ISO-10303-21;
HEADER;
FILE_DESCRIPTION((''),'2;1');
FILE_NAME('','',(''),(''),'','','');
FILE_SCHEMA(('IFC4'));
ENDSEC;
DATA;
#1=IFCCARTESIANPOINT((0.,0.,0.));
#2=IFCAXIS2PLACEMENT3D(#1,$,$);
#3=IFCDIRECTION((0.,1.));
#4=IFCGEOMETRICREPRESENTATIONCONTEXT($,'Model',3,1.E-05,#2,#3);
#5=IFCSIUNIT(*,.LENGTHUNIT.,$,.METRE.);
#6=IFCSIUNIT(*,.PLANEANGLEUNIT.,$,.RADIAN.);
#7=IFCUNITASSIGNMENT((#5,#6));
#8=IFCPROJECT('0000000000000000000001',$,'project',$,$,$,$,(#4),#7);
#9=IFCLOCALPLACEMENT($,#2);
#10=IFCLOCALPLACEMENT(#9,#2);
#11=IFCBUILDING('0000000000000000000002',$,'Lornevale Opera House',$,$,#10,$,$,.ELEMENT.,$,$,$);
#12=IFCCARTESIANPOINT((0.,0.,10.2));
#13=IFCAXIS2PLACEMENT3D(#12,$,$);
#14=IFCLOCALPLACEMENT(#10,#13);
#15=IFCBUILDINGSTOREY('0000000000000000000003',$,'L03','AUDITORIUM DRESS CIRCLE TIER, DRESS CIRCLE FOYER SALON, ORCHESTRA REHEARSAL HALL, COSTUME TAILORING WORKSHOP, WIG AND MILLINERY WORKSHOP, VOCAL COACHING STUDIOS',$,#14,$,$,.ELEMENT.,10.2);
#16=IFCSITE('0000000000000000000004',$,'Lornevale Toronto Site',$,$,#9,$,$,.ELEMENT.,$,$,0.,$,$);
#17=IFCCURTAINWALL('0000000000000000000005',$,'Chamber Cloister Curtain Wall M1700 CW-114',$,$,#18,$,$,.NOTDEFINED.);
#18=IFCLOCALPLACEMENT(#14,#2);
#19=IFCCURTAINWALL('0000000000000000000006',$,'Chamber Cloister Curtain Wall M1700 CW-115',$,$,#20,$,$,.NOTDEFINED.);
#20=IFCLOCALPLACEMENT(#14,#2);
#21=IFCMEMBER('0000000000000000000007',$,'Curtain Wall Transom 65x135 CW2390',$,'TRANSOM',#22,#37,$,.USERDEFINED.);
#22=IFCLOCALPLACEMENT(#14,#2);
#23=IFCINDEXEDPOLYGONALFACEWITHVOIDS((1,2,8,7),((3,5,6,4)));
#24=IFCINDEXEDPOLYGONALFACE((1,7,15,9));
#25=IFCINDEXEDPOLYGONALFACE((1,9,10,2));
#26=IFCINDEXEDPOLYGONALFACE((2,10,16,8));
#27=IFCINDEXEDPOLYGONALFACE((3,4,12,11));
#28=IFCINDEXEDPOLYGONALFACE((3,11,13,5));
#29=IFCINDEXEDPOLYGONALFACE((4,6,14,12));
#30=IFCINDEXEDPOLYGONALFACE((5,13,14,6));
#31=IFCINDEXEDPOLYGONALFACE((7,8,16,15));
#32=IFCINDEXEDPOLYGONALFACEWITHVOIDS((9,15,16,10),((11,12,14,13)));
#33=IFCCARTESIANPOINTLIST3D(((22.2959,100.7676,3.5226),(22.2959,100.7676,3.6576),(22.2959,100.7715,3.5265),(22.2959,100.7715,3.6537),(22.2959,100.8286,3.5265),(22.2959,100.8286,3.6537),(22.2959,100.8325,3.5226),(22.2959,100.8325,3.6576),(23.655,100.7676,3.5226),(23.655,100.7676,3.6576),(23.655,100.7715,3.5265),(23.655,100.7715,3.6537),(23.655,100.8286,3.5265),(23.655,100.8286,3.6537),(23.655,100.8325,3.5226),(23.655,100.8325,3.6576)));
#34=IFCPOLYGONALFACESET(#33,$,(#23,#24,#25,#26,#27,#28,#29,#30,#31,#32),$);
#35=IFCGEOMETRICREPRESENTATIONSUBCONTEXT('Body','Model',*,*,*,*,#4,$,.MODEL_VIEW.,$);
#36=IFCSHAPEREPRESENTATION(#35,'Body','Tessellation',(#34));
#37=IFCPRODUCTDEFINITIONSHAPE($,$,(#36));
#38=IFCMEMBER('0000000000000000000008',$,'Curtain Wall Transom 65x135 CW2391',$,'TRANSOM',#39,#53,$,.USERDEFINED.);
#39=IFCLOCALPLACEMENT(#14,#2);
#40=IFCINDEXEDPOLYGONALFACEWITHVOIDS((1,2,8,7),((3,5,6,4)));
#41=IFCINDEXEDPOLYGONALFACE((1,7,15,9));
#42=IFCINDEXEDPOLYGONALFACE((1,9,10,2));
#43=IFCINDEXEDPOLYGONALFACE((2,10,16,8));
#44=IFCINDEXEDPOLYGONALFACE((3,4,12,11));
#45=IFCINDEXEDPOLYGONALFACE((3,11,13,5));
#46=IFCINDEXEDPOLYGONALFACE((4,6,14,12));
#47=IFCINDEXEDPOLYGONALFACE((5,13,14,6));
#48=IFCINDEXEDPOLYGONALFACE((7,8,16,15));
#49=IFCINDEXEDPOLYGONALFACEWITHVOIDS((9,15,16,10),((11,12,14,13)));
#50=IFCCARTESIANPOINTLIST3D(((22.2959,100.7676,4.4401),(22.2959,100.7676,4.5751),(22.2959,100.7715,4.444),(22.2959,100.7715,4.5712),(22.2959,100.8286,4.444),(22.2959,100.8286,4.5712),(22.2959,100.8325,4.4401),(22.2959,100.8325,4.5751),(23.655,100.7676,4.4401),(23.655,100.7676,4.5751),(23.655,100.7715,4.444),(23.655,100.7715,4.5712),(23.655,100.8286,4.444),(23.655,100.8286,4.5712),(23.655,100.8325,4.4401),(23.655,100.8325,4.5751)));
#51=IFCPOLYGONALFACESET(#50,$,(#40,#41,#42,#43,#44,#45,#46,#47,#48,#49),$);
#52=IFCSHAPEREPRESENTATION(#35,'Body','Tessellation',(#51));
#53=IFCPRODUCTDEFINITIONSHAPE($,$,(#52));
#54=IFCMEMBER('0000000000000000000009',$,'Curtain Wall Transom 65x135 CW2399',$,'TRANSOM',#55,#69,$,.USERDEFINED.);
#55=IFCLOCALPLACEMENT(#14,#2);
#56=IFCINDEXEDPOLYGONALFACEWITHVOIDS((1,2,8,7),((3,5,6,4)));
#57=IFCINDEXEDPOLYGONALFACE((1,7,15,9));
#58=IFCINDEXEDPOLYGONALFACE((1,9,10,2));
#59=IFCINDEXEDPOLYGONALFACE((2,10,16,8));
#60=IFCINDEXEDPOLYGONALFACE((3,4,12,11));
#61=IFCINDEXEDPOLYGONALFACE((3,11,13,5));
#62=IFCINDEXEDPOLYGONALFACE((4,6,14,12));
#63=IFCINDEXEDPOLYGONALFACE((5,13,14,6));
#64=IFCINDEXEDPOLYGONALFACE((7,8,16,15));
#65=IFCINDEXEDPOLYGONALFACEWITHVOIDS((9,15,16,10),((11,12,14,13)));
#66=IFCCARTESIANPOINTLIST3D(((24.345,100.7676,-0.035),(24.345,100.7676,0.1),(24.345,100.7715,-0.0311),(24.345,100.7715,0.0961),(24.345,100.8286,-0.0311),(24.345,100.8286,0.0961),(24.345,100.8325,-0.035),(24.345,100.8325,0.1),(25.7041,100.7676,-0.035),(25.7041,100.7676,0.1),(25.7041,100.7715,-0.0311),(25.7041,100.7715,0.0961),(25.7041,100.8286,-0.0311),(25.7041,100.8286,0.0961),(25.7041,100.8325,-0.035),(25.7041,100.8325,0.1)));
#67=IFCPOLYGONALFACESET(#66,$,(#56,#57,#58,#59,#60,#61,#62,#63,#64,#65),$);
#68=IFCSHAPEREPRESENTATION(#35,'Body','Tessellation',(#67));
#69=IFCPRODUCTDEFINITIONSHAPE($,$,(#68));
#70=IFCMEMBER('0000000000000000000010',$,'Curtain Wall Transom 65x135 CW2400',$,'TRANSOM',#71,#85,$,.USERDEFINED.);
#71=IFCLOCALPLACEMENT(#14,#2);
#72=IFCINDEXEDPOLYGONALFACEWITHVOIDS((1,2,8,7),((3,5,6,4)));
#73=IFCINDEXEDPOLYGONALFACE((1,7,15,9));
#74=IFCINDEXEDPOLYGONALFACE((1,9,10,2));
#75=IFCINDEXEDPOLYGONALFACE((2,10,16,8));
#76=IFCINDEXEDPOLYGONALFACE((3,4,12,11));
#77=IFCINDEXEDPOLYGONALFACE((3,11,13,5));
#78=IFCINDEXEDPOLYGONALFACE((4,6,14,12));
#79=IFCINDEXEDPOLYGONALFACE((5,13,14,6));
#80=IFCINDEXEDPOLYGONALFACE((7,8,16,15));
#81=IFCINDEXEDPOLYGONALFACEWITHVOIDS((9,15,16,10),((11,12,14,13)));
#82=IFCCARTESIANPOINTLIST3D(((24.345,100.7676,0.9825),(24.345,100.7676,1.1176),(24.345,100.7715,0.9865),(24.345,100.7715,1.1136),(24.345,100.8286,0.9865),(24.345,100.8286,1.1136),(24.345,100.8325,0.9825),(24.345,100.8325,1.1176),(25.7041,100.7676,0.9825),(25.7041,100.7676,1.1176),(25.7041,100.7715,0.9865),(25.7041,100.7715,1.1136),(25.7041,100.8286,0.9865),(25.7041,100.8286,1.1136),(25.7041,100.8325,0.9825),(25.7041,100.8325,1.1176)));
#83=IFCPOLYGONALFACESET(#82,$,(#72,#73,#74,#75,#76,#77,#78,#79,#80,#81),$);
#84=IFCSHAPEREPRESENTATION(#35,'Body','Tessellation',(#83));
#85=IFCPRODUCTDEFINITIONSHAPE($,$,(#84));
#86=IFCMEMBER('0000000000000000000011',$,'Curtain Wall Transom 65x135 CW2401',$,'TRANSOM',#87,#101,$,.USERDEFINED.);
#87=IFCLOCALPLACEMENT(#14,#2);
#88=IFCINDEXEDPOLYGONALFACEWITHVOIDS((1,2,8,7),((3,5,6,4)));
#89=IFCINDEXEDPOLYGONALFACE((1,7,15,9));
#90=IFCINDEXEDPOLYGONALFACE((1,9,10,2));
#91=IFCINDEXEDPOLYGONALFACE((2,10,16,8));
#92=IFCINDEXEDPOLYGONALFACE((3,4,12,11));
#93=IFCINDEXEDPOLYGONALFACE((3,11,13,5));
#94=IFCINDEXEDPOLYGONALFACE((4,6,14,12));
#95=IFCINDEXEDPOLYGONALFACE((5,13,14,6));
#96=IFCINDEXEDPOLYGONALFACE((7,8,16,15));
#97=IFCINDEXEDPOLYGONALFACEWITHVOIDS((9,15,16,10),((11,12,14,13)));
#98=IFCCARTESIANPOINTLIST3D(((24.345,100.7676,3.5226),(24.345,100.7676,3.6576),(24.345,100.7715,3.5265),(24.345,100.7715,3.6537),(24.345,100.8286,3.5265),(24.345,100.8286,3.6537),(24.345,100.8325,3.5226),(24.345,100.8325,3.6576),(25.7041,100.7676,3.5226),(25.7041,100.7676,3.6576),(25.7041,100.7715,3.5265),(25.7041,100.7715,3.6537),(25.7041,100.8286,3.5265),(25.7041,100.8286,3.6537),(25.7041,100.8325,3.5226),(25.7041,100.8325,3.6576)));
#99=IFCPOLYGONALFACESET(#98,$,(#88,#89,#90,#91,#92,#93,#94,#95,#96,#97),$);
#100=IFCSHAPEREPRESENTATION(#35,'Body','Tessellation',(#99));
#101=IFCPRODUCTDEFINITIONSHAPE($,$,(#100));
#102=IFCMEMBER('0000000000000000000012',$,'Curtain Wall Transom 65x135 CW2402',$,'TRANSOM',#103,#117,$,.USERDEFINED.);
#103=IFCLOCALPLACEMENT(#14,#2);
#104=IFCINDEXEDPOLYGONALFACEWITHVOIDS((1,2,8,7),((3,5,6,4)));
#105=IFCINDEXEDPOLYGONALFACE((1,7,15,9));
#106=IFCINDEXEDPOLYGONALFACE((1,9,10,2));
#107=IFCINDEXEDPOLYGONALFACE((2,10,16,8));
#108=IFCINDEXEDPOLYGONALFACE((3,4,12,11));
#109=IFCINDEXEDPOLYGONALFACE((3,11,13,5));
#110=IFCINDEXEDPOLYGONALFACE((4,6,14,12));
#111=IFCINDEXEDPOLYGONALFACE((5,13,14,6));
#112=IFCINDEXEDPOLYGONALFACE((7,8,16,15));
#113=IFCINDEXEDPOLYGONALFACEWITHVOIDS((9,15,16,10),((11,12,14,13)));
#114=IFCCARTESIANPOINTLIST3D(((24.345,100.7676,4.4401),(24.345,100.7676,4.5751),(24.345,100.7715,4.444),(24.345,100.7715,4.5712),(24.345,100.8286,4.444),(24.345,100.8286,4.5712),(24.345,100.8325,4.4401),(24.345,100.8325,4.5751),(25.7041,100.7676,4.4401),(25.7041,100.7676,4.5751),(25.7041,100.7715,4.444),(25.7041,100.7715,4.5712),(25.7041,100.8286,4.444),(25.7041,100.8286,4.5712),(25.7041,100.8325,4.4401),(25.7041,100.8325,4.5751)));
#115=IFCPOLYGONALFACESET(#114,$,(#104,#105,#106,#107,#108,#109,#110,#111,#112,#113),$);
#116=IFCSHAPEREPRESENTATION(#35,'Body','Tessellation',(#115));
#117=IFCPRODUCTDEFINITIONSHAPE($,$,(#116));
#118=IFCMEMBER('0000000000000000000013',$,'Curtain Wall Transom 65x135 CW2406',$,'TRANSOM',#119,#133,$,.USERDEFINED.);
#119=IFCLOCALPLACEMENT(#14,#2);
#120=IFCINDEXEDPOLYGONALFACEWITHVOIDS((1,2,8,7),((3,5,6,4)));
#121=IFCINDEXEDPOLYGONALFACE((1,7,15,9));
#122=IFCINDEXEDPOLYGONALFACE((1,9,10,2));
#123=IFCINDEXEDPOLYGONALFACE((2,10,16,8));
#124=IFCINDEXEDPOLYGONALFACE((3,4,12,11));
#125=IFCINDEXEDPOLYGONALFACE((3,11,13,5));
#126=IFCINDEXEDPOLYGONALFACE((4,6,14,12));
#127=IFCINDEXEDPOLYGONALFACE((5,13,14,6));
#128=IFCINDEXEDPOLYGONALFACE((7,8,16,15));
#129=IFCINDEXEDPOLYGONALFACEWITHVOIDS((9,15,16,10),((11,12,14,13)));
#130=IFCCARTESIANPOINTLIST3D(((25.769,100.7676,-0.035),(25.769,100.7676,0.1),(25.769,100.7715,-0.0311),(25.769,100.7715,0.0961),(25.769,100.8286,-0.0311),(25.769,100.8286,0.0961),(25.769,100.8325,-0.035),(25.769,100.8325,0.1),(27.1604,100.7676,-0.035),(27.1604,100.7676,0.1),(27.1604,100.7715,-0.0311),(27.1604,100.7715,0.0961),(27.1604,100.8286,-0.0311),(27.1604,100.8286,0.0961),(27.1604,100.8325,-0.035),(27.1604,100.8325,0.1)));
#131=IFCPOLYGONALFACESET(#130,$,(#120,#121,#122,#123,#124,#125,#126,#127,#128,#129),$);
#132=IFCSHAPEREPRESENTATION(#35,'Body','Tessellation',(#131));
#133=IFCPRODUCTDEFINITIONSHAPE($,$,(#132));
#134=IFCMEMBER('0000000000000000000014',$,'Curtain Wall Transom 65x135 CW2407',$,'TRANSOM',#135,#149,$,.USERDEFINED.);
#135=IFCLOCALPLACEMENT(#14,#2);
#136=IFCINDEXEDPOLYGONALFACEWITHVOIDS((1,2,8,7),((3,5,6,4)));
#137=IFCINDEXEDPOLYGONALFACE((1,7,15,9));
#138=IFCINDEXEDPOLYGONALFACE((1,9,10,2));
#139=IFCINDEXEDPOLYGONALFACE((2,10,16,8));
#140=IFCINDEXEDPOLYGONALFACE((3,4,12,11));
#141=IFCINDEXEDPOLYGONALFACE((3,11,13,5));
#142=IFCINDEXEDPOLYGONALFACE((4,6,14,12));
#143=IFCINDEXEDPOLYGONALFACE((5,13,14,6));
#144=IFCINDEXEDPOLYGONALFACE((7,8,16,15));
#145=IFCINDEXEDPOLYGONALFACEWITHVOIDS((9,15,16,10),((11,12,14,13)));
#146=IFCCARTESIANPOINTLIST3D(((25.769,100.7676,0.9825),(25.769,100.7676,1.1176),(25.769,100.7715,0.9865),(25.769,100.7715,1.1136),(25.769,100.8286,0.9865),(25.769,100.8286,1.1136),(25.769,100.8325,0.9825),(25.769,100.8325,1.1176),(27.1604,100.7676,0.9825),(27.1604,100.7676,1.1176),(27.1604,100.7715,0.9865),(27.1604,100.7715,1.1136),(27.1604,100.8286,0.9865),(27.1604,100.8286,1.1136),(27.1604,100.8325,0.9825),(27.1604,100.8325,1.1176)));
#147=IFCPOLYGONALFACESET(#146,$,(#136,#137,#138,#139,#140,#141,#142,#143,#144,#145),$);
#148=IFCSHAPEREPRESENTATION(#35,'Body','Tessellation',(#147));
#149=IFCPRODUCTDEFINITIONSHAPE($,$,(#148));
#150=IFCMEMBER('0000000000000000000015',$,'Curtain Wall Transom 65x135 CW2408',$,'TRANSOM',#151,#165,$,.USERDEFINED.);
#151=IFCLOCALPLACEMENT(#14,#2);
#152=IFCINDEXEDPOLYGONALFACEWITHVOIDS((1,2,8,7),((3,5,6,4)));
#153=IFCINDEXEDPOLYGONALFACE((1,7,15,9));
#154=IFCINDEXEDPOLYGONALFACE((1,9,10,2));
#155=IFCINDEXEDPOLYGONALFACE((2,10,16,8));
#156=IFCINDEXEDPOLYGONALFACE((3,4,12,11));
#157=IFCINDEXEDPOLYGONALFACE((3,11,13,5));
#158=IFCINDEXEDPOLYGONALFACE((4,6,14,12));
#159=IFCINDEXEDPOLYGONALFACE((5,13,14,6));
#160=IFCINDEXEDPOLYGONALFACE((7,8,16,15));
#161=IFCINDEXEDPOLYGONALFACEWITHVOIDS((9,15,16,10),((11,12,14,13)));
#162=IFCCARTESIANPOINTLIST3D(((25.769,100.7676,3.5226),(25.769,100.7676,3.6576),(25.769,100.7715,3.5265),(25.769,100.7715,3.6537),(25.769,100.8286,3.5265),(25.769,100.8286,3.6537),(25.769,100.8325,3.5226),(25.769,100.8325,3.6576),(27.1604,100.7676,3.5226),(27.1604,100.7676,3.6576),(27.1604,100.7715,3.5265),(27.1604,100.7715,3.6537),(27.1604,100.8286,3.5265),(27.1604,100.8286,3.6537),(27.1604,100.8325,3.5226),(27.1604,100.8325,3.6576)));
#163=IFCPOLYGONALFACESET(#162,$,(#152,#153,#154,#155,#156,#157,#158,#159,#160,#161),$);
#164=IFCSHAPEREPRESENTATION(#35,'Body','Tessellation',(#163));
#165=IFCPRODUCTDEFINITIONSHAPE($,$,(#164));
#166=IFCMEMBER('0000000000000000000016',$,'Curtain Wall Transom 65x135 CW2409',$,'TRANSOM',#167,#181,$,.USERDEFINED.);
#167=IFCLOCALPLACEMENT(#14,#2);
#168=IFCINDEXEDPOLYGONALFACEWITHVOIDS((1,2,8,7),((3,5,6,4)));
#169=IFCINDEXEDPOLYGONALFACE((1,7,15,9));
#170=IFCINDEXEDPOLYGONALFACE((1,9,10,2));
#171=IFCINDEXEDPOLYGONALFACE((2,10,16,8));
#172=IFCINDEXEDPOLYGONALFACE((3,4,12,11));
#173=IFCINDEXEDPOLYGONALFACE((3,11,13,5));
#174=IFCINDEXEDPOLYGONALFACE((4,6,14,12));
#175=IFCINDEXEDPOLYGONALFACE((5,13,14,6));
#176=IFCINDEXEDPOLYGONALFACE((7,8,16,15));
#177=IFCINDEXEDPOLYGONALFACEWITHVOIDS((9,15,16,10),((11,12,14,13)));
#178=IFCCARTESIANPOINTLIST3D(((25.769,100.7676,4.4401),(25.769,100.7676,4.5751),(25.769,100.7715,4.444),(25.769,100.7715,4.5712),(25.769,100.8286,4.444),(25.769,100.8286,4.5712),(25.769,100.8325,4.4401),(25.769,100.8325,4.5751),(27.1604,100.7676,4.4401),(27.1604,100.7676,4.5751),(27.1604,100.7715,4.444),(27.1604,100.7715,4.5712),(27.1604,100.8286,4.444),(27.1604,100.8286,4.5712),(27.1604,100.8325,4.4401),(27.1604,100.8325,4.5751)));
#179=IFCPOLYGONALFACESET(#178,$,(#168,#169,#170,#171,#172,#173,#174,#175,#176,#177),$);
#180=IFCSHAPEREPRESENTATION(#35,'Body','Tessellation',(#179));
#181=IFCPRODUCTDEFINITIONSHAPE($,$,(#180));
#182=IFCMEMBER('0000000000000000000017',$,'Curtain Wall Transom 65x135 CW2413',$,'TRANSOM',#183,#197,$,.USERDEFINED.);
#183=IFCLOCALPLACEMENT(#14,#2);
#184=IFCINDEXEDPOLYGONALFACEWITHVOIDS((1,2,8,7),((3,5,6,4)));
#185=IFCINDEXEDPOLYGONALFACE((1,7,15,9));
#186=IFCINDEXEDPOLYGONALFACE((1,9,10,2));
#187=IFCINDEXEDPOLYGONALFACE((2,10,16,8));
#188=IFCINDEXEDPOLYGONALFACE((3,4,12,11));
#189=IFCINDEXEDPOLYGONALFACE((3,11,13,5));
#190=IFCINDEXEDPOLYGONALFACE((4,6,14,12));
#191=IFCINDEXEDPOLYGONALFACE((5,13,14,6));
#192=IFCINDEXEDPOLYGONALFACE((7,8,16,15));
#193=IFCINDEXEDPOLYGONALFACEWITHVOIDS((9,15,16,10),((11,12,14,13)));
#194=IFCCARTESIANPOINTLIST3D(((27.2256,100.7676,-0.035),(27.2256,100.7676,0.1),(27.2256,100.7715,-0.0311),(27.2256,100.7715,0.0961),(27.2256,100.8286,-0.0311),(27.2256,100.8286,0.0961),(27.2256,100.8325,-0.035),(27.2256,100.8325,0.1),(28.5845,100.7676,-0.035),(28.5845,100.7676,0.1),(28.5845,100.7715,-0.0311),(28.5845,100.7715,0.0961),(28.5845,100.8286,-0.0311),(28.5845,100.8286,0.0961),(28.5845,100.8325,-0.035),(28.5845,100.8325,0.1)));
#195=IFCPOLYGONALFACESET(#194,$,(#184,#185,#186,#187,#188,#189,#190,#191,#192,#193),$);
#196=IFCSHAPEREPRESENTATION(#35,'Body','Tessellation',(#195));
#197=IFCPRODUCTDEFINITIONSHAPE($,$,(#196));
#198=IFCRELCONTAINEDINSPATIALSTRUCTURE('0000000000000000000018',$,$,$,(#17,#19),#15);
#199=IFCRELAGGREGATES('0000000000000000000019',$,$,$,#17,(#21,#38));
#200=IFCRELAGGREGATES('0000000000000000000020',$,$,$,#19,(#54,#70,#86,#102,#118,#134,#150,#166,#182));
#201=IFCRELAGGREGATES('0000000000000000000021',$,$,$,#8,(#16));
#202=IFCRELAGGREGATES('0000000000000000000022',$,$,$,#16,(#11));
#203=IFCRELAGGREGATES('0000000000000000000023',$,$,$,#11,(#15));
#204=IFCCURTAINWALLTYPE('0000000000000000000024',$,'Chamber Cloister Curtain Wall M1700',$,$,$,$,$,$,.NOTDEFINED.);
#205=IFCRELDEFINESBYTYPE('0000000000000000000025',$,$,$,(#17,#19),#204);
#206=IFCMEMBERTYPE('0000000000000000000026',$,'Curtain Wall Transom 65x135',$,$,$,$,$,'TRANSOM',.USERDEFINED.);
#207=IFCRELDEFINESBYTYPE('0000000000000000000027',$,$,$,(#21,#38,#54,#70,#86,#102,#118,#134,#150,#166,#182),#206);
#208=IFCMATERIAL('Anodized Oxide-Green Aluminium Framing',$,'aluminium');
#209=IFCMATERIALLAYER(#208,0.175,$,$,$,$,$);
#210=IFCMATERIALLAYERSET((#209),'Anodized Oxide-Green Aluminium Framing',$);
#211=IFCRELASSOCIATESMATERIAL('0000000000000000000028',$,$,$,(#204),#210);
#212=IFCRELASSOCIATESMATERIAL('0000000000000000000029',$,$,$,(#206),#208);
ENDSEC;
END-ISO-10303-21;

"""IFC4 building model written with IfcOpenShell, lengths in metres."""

from ifc_helpers import new_model, si_unit, direction, frame, origin, origin_2d, place, context, subcontext, project, spatial, hollow_rectangle, extrude, material, layer, layer_set, material_profile, profile_set, type_object, element, aggregate, save


model = new_model("IFC4")

# Units and contexts
model_context = context("Model", 3, precision=1e-05, world=origin(), true_north=direction((0.0, 1.0)))
body_context = subcontext(model_context, "Body", "Model", "MODEL_VIEW")
ifc_project = project(units=[si_unit("LENGTHUNIT", "METRE"), si_unit("PLANEANGLEUNIT", "RADIAN")], contexts=[model_context])

# Site, building, storey
site_placement = place(None, origin())
site = spatial("IfcSite", under=ifc_project, at=site_placement, Name="Lornevale Toronto Site", CompositionType="ELEMENT", RefElevation=0.0)
building_placement = place(site_placement, origin())
building = spatial("IfcBuilding", under=site, at=building_placement, Name="Lornevale Opera House", CompositionType="ELEMENT")
storey_placement = place(building_placement, frame((0.0, 0.0, 10.2)))
storey = spatial("IfcBuildingStorey", under=building, at=storey_placement, Name="L03", Description="AUDITORIUM DRESS CIRCLE TIER, DRESS CIRCLE FOYER SALON, ORCHESTRA REHEARSAL HALL, COSTUME TAILORING WORKSHOP, WIG AND MILLINERY WORKSHOP, VOCAL COACHING STUDIOS", CompositionType="ELEMENT", Elevation=10.2)

# Curtain wall
ifc_material_1 = material(Name="Anodized Oxide-Green Aluminium Framing", Category="aluminium")
ifc_layer_1 = layer(ifc_material_1, 0.175)
ifc_layer_set_1 = layer_set([ifc_layer_1], Name="Anodized Oxide-Green Aluminium Framing")
curtain_wall_type = type_object("IfcCurtainWallType", Name="Chamber Cloister Curtain Wall M1700", PredefinedType="NOTDEFINED", material=ifc_layer_set_1)
curtain_wall_1_placement = place(storey_placement, origin())
curtain_wall_1 = element("IfcCurtainWall", 1, at=curtain_wall_1_placement, inside=storey, type_object=curtain_wall_type, Name="Chamber Cloister Curtain Wall M1700 CW-114", PredefinedType="NOTDEFINED")

# Curtain wall
curtain_wall_2_placement = place(storey_placement, origin())
curtain_wall_2 = element("IfcCurtainWall", 2, at=curtain_wall_2_placement, inside=storey, type_object=curtain_wall_type, Name="Chamber Cloister Curtain Wall M1700 CW-115", PredefinedType="NOTDEFINED")

# Members
ifc_material_profile_1 = material_profile(ifc_material_1, hollow_rectangle(XDim=0.0649, YDim=0.135, WallThickness=0.0039, at=origin_2d()), Name="ALU65x135x4")
ifc_profile_set_1 = profile_set([ifc_material_profile_1], Name="Anodized Oxide-Green Aluminium Framing")
member_type_1 = type_object("IfcMemberType", Name="Curtain Wall Transom 65x135", ElementType="TRANSOM", PredefinedType="USERDEFINED", material=ifc_profile_set_1)
member_1_placement = place(storey_placement, frame((22.2959, 100.8, 3.5901), z_axis=(1.0, 0.0, 0.0), x_axis=(0.0, 1.0, 0.0)))
member_1 = element("IfcMember", 3, at=member_1_placement, type_object=member_type_1, Name="Curtain Wall Transom 65x135 CW2390", ObjectType="TRANSOM", PredefinedType="USERDEFINED", context=body_context, shape_type="SweptSolid", body=[
    extrude(hollow_rectangle(XDim=0.0649, YDim=0.135, WallThickness=0.0039, at=origin_2d()), origin(), (0.0, 0.0, 1.0), 1.3591),
])
member_2_placement = place(storey_placement, frame((22.2959, 100.8, 4.5076), z_axis=(1.0, 0.0, 0.0), x_axis=(0.0, 1.0, 0.0)))
member_2 = element("IfcMember", 4, at=member_2_placement, type_object=member_type_1, Name="Curtain Wall Transom 65x135 CW2391", ObjectType="TRANSOM", PredefinedType="USERDEFINED", context=body_context, shape_type="SweptSolid", body=[
    extrude(hollow_rectangle(XDim=0.0649, YDim=0.135, WallThickness=0.0039, at=origin_2d()), origin(), (0.0, 0.0, 1.0), 1.3591),
])
member_3_placement = place(storey_placement, frame((24.345, 100.8, 0.0325), z_axis=(1.0, 0.0, 0.0), x_axis=(0.0, 1.0, 0.0)))
member_3 = element("IfcMember", 5, at=member_3_placement, type_object=member_type_1, Name="Curtain Wall Transom 65x135 CW2399", ObjectType="TRANSOM", PredefinedType="USERDEFINED", context=body_context, shape_type="SweptSolid", body=[
    extrude(hollow_rectangle(XDim=0.0649, YDim=0.135, WallThickness=0.0039, at=origin_2d()), origin(), (0.0, 0.0, 1.0), 1.3591),
])
member_4_placement = place(storey_placement, frame((24.345, 100.8, 1.05), z_axis=(1.0, 0.0, 0.0), x_axis=(0.0, 1.0, 0.0)))
member_4 = element("IfcMember", 6, at=member_4_placement, type_object=member_type_1, Name="Curtain Wall Transom 65x135 CW2400", ObjectType="TRANSOM", PredefinedType="USERDEFINED", context=body_context, shape_type="SweptSolid", body=[
    extrude(hollow_rectangle(XDim=0.0649, YDim=0.135, WallThickness=0.0039, at=origin_2d()), origin(), (0.0, 0.0, 1.0), 1.3591),
])
member_5_placement = place(storey_placement, frame((24.345, 100.8, 3.5901), z_axis=(1.0, 0.0, 0.0), x_axis=(0.0, 1.0, 0.0)))
member_5 = element("IfcMember", 7, at=member_5_placement, type_object=member_type_1, Name="Curtain Wall Transom 65x135 CW2401", ObjectType="TRANSOM", PredefinedType="USERDEFINED", context=body_context, shape_type="SweptSolid", body=[
    extrude(hollow_rectangle(XDim=0.0649, YDim=0.135, WallThickness=0.0039, at=origin_2d()), origin(), (0.0, 0.0, 1.0), 1.3591),
])
member_6_placement = place(storey_placement, frame((24.345, 100.8, 4.5076), z_axis=(1.0, 0.0, 0.0), x_axis=(0.0, 1.0, 0.0)))
member_6 = element("IfcMember", 8, at=member_6_placement, type_object=member_type_1, Name="Curtain Wall Transom 65x135 CW2402", ObjectType="TRANSOM", PredefinedType="USERDEFINED", context=body_context, shape_type="SweptSolid", body=[
    extrude(hollow_rectangle(XDim=0.0649, YDim=0.135, WallThickness=0.0039, at=origin_2d()), origin(), (0.0, 0.0, 1.0), 1.3591),
])
member_7_placement = place(storey_placement, frame((25.769, 100.8, 0.0325), z_axis=(1.0, 0.0, 0.0), x_axis=(0.0, 1.0, 0.0)))
member_7 = element("IfcMember", 9, at=member_7_placement, type_object=member_type_1, Name="Curtain Wall Transom 65x135 CW2406", ObjectType="TRANSOM", PredefinedType="USERDEFINED", context=body_context, shape_type="SweptSolid", body=[
    extrude(hollow_rectangle(XDim=0.0649, YDim=0.135, WallThickness=0.0039, at=origin_2d()), origin(), (0.0, 0.0, 1.0), 1.3914),
])
member_8_placement = place(storey_placement, frame((25.769, 100.8, 1.05), z_axis=(1.0, 0.0, 0.0), x_axis=(0.0, 1.0, 0.0)))
member_8 = element("IfcMember", 10, at=member_8_placement, type_object=member_type_1, Name="Curtain Wall Transom 65x135 CW2407", ObjectType="TRANSOM", PredefinedType="USERDEFINED", context=body_context, shape_type="SweptSolid", body=[
    extrude(hollow_rectangle(XDim=0.0649, YDim=0.135, WallThickness=0.0039, at=origin_2d()), origin(), (0.0, 0.0, 1.0), 1.3914),
])
member_9_placement = place(storey_placement, frame((25.769, 100.8, 3.5901), z_axis=(1.0, 0.0, 0.0), x_axis=(0.0, 1.0, 0.0)))
member_9 = element("IfcMember", 11, at=member_9_placement, type_object=member_type_1, Name="Curtain Wall Transom 65x135 CW2408", ObjectType="TRANSOM", PredefinedType="USERDEFINED", context=body_context, shape_type="SweptSolid", body=[
    extrude(hollow_rectangle(XDim=0.0649, YDim=0.135, WallThickness=0.0039, at=origin_2d()), origin(), (0.0, 0.0, 1.0), 1.3914),
])
member_10_placement = place(storey_placement, frame((25.769, 100.8, 4.5076), z_axis=(1.0, 0.0, 0.0), x_axis=(0.0, 1.0, 0.0)))
member_10 = element("IfcMember", 12, at=member_10_placement, type_object=member_type_1, Name="Curtain Wall Transom 65x135 CW2409", ObjectType="TRANSOM", PredefinedType="USERDEFINED", context=body_context, shape_type="SweptSolid", body=[
    extrude(hollow_rectangle(XDim=0.0649, YDim=0.135, WallThickness=0.0039, at=origin_2d()), origin(), (0.0, 0.0, 1.0), 1.3914),
])
member_11_placement = place(storey_placement, frame((27.2256, 100.8, 0.0325), z_axis=(1.0, 0.0, 0.0), x_axis=(0.0, 1.0, 0.0)))
member_11 = element("IfcMember", 13, at=member_11_placement, type_object=member_type_1, Name="Curtain Wall Transom 65x135 CW2413", ObjectType="TRANSOM", PredefinedType="USERDEFINED", context=body_context, shape_type="SweptSolid", body=[
    extrude(hollow_rectangle(XDim=0.0649, YDim=0.135, WallThickness=0.0039, at=origin_2d()), origin(), (0.0, 0.0, 1.0), 1.3589),
])

aggregate(curtain_wall_1, [member_1, member_2])
aggregate(curtain_wall_2, [member_3, member_4, member_5, member_6, member_7, member_8, member_9, member_10, member_11])

save(model, "model.ifc")
